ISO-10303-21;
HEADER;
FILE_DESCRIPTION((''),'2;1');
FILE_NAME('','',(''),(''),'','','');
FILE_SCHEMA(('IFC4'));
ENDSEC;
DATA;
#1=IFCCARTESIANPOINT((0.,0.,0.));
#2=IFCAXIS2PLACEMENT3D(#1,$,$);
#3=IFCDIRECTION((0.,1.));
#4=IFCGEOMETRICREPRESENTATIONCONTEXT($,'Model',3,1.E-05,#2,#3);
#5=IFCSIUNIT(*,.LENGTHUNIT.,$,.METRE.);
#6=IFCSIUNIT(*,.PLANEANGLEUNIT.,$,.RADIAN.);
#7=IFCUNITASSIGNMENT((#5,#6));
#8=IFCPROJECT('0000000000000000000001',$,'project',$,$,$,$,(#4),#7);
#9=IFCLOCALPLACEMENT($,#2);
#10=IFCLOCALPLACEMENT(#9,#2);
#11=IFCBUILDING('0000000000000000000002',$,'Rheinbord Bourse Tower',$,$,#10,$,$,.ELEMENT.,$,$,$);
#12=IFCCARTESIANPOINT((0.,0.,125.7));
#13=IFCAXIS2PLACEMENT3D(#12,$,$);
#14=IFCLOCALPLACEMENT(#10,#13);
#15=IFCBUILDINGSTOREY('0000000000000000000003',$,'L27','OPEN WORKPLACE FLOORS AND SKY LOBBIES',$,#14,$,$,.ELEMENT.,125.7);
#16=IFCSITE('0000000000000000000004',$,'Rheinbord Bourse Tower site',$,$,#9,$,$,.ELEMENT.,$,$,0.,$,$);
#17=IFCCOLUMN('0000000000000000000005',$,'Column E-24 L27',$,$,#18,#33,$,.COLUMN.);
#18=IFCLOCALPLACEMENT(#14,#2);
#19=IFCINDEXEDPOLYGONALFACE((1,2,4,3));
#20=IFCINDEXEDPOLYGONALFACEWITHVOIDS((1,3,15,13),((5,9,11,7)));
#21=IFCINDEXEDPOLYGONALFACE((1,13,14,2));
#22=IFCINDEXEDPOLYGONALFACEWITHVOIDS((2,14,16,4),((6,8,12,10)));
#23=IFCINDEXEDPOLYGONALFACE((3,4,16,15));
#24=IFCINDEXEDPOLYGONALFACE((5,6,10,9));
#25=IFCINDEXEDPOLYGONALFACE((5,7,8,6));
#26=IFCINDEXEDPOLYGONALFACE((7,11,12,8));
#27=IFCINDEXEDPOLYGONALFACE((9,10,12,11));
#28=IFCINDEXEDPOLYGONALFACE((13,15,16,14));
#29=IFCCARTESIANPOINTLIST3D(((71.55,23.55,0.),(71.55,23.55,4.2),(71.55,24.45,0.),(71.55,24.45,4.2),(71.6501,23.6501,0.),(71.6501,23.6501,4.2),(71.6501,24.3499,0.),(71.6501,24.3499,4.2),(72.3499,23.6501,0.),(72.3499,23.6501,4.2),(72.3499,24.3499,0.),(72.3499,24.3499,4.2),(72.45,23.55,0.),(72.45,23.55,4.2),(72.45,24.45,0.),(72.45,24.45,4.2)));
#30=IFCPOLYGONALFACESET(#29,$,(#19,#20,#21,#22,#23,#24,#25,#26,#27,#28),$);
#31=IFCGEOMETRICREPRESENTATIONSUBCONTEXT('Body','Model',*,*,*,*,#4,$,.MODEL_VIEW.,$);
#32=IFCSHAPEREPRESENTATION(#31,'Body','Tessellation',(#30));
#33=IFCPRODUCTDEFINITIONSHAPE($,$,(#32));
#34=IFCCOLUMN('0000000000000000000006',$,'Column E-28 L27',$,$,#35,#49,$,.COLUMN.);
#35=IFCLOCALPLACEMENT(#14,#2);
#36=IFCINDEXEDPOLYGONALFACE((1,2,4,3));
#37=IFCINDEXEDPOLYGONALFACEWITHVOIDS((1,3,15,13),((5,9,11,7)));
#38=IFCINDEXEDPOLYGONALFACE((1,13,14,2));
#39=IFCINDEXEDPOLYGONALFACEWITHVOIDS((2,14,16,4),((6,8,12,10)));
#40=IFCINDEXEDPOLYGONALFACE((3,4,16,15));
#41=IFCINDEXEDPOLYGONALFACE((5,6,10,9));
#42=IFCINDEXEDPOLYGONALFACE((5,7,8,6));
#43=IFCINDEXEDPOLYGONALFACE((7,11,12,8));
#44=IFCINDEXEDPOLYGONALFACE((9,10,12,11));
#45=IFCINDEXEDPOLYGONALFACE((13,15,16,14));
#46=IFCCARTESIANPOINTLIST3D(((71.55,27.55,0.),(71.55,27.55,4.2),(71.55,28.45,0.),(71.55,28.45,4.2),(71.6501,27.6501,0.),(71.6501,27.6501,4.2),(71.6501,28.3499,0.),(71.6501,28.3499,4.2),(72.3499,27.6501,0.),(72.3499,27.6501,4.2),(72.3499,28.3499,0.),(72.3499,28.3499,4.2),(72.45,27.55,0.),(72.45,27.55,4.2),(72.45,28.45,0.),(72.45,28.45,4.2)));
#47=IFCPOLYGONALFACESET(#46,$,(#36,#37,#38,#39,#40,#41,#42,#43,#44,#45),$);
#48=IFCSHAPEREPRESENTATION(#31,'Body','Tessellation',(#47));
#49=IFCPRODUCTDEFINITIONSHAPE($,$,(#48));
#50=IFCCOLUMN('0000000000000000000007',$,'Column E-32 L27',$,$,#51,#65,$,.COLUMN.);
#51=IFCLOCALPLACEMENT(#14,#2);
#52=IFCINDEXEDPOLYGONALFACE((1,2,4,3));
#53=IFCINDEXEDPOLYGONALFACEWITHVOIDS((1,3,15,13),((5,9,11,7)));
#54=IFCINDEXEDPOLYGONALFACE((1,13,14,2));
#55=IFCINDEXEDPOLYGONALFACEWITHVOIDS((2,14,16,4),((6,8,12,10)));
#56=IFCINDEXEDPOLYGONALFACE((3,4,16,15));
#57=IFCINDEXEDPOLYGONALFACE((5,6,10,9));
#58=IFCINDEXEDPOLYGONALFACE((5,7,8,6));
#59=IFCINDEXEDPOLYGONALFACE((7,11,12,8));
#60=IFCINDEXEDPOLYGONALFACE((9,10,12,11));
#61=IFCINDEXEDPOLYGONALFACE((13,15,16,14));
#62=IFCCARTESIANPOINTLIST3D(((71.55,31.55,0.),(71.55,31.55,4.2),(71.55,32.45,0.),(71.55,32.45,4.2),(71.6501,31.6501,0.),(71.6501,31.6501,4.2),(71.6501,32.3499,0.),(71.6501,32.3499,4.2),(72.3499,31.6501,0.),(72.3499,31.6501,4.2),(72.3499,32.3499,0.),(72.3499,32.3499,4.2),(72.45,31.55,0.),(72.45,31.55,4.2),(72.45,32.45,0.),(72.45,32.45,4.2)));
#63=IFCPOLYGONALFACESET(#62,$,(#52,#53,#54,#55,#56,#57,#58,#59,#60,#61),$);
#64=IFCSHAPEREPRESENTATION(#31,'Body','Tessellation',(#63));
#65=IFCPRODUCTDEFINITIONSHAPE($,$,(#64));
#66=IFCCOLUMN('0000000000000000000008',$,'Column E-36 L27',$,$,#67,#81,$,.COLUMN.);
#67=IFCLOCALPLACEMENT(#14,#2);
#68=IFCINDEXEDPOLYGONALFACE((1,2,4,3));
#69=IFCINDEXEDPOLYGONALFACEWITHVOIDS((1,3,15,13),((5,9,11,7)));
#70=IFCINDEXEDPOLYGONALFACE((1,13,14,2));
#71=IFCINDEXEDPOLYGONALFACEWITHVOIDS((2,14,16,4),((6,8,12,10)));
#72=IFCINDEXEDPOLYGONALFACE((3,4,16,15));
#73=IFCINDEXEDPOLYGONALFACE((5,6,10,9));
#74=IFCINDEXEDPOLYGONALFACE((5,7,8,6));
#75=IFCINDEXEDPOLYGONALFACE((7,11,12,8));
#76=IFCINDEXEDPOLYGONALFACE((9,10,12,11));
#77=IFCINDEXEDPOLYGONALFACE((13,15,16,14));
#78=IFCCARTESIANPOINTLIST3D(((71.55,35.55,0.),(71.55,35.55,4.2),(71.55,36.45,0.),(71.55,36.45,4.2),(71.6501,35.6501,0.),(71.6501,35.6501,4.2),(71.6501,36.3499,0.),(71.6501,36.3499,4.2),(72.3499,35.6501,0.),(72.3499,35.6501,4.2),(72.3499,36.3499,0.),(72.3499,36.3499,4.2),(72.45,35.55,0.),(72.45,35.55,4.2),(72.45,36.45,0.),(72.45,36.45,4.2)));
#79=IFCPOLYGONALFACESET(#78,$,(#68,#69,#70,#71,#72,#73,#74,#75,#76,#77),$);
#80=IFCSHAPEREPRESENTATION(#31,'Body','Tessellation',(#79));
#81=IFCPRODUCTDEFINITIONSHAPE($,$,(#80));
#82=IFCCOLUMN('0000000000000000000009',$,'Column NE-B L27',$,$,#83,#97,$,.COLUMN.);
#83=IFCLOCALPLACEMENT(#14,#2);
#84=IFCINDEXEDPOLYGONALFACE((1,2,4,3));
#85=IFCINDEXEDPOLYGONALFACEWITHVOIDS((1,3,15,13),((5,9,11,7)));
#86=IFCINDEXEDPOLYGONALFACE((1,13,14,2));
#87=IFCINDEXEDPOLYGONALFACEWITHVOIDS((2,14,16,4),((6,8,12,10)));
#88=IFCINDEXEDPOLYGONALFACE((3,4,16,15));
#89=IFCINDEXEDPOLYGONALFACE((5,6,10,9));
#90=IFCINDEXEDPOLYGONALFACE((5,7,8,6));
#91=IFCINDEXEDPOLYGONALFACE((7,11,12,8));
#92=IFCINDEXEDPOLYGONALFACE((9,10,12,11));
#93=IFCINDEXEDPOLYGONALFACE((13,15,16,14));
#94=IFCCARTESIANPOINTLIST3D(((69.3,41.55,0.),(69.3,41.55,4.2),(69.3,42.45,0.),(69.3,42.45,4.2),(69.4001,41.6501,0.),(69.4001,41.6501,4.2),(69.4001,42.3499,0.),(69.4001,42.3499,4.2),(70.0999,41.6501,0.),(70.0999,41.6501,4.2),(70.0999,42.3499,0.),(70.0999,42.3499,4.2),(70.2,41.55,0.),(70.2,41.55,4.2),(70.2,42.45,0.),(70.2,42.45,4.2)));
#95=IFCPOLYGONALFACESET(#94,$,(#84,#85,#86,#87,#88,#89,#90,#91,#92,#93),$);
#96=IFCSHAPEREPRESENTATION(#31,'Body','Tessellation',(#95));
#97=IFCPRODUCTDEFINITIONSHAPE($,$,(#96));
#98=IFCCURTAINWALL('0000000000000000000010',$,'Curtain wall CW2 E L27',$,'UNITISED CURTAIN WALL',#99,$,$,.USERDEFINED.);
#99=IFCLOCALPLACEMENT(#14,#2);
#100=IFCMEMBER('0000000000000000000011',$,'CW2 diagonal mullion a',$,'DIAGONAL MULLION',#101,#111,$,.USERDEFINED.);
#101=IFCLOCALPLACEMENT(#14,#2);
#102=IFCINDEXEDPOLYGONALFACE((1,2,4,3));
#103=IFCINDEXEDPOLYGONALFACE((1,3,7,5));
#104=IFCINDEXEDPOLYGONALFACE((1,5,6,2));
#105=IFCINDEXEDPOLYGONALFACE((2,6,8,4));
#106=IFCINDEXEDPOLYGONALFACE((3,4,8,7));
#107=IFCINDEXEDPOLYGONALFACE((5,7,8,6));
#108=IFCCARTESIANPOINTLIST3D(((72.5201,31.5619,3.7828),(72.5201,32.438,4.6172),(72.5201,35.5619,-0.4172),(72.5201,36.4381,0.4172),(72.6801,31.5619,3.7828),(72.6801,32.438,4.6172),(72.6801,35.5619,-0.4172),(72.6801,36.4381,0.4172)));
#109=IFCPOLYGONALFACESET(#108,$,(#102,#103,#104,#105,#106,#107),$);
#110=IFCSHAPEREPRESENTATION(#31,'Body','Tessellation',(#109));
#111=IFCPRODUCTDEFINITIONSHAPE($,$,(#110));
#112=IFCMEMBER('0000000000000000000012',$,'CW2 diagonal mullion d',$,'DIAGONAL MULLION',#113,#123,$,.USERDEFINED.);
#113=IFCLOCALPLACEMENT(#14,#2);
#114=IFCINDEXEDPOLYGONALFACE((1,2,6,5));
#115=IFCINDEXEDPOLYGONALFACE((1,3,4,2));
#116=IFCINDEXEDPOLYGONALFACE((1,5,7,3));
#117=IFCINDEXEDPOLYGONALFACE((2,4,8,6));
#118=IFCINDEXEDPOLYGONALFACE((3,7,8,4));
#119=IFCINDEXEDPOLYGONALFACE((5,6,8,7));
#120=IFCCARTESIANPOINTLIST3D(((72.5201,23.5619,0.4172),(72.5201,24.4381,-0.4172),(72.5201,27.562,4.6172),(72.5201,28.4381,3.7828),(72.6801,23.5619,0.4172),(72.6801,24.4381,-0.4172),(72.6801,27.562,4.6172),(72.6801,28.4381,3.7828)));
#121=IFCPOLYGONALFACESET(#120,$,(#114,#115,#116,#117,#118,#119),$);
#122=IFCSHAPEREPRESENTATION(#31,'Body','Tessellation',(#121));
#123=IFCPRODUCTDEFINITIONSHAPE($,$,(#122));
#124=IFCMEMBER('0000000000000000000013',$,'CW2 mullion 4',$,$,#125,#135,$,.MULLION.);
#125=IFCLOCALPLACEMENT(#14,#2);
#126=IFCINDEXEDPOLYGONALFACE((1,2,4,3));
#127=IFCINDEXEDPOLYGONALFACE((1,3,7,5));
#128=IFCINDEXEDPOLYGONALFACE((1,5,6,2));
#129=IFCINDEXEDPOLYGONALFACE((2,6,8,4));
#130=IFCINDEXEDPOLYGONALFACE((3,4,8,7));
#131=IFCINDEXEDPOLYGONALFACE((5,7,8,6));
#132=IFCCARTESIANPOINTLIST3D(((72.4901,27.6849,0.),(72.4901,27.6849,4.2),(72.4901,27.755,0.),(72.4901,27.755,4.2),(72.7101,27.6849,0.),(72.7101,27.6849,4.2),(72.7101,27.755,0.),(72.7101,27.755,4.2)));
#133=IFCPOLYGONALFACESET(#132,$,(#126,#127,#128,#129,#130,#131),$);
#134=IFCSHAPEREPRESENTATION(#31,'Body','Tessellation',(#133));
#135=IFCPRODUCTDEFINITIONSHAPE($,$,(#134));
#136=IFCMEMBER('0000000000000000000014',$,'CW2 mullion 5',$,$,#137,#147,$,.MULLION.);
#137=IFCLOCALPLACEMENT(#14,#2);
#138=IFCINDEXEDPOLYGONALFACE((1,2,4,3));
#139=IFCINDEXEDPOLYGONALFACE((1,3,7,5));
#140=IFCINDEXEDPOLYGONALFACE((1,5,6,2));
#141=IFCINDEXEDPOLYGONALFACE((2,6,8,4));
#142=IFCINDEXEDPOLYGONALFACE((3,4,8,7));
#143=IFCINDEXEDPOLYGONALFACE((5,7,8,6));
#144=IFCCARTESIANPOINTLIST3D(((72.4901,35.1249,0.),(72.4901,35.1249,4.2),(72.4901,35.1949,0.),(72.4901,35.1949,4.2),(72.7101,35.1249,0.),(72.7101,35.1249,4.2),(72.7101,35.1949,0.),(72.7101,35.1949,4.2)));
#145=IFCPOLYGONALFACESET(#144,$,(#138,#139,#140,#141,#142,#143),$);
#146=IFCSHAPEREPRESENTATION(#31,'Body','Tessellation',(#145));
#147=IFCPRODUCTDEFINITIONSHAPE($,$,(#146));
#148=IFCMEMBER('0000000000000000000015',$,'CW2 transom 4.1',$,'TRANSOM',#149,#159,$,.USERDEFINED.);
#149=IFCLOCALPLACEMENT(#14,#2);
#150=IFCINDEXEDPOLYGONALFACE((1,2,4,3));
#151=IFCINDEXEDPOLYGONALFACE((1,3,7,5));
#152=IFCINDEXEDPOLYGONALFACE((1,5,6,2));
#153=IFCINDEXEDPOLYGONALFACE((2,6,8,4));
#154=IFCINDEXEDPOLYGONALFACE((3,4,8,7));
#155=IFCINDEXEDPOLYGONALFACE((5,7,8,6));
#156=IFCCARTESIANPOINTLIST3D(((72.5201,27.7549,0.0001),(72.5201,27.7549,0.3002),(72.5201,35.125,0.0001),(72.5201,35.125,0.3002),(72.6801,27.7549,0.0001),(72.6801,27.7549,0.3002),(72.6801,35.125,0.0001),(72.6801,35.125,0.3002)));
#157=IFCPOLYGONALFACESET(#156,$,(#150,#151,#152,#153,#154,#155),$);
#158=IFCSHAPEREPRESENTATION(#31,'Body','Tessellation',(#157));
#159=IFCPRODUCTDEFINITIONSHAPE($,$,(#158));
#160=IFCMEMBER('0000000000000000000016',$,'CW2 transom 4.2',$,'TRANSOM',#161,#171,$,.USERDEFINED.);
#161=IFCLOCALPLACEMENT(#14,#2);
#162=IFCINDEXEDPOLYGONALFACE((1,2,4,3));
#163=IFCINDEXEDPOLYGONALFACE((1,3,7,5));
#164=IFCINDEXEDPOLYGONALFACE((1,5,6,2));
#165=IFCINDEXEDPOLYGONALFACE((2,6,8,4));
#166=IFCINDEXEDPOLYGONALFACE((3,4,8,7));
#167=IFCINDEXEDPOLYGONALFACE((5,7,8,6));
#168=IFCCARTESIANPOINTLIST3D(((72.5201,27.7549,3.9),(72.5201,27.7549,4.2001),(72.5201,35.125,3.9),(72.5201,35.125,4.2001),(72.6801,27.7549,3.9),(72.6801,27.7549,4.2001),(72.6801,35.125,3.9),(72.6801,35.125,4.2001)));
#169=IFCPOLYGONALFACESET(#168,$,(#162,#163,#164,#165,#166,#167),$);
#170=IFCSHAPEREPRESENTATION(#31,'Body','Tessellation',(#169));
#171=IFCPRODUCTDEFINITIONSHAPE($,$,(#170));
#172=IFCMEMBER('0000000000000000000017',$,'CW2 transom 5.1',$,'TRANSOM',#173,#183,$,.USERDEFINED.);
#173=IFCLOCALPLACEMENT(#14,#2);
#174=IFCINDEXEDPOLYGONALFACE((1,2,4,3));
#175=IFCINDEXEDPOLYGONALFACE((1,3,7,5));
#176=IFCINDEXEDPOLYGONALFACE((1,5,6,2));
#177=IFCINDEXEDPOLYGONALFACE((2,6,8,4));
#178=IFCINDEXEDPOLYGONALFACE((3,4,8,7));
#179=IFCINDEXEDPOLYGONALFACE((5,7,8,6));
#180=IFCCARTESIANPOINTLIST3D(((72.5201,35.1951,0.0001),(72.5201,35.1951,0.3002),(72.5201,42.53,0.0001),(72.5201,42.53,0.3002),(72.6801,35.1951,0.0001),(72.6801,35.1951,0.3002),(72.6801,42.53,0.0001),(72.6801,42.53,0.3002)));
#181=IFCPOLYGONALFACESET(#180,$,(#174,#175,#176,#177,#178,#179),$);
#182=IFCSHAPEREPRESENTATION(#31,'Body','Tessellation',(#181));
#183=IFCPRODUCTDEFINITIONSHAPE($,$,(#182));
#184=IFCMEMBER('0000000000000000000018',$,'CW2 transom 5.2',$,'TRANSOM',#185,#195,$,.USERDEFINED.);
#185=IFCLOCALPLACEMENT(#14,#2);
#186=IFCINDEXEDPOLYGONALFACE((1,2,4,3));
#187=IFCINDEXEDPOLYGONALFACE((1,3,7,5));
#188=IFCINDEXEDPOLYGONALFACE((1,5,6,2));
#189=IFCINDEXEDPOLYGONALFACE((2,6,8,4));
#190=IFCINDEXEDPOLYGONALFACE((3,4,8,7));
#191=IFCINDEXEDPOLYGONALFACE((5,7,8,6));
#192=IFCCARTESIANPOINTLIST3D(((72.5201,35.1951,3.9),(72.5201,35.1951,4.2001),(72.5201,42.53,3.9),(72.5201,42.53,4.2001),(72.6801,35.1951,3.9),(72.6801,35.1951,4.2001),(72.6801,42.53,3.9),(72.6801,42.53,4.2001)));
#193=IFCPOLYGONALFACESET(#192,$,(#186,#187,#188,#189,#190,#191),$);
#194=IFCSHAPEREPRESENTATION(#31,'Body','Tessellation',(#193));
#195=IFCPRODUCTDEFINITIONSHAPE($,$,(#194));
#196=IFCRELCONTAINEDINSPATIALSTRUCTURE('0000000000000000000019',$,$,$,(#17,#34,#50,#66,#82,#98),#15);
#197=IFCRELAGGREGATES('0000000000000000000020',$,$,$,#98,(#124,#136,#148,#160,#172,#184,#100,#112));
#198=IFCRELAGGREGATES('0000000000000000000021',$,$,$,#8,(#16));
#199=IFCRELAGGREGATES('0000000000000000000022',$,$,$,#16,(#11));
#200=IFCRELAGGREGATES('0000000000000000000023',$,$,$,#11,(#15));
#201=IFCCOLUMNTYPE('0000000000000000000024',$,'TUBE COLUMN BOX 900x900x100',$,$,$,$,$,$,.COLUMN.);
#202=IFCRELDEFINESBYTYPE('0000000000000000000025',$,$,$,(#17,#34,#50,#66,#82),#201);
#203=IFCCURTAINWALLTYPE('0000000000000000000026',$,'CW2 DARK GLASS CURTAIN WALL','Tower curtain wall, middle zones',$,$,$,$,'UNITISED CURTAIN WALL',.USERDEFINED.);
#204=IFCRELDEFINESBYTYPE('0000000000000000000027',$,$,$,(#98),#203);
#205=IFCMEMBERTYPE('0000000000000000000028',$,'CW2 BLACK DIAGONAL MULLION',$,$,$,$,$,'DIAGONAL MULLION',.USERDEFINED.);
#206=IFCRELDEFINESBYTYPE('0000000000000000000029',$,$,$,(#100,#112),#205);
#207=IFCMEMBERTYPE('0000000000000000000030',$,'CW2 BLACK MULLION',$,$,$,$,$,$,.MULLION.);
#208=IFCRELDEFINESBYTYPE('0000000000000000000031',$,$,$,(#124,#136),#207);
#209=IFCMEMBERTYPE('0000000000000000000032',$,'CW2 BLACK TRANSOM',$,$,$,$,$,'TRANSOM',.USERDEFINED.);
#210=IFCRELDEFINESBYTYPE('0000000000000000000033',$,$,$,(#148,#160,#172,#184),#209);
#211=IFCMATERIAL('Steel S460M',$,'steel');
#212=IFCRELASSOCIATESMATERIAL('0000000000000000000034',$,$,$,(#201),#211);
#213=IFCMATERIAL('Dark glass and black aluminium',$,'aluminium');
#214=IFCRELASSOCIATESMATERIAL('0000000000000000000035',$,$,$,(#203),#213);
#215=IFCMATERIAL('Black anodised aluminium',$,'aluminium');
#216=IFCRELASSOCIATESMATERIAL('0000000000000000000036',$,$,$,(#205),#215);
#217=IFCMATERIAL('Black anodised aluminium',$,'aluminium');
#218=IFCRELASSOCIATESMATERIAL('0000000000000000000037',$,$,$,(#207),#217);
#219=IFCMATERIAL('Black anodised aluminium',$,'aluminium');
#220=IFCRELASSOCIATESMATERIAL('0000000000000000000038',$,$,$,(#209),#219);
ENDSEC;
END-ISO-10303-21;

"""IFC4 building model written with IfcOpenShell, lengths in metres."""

from ifc_helpers import new_model, si_unit, direction, frame, origin, origin_2d, place, context, subcontext, project, spatial, rectangle, hollow_rectangle, extrude, material, material_profile, profile_set, type_object, element, aggregate, save


model = new_model("IFC4")

# Units and contexts
model_context = context("Model", 3, precision=1e-05, world=origin(), true_north=direction((0.0, 1.0)))
body_context = subcontext(model_context, "Body", "Model", "MODEL_VIEW")
ifc_project = project(units=[si_unit("LENGTHUNIT", "METRE"), si_unit("PLANEANGLEUNIT", "RADIAN")], contexts=[model_context])

# Site, building, storey
site_placement = place(None, origin())
site = spatial("IfcSite", under=ifc_project, at=site_placement, Name="Rheinbord Bourse Tower site", CompositionType="ELEMENT", RefElevation=0.0)
building_placement = place(site_placement, origin())
building = spatial("IfcBuilding", under=site, at=building_placement, Name="Rheinbord Bourse Tower", CompositionType="ELEMENT")
storey_placement = place(building_placement, frame((0.0, 0.0, 125.7)))
storey = spatial("IfcBuildingStorey", under=building, at=storey_placement, Name="L27", Description="OPEN WORKPLACE FLOORS AND SKY LOBBIES", CompositionType="ELEMENT", Elevation=125.7)

# Columns
ifc_material_1 = material(Name="Steel S460M", Category="steel")
ifc_material_profile_1 = material_profile(ifc_material_1, hollow_rectangle(XDim=0.8999, YDim=0.8999, WallThickness=0.1001, at=origin_2d()), Name="BOX 900x900x100")
ifc_profile_set_1 = profile_set([ifc_material_profile_1], Name="Steel S460M")
column_type = type_object("IfcColumnType", Name="TUBE COLUMN BOX 900x900x100", PredefinedType="COLUMN", material=ifc_profile_set_1)
for number, where, z_axis, x_axis, name in (
    (1, (72.0, 24.0, 0.0), (0.0, 0.0, 1.0), (1.0, 0.0, 0.0), "Column E-24 L27"),
    (2, (72.0, 28.0, 0.0), (0.0, 0.0, 1.0), (1.0, 0.0, 0.0), "Column E-28 L27"),
    (3, (72.0, 32.0, 0.0), (0.0, 0.0, 1.0), (1.0, 0.0, 0.0), "Column E-32 L27"),
    (4, (72.0, 36.0, 0.0), (0.0, 0.0, 1.0), (1.0, 0.0, 0.0), "Column E-36 L27"),
    (5, (69.75, 42.0, 0.0), (0.0, 0.0, 1.0), (1.0, 0.0, 0.0), "Column NE-B L27"),
):
    element("IfcColumn", number, at=place(storey_placement, frame(where, z_axis=z_axis, x_axis=x_axis)), inside=storey, type_object=column_type, Name=name, PredefinedType="COLUMN", context=body_context, shape_type="SweptSolid", body=[
        extrude(hollow_rectangle(XDim=0.8999, YDim=0.8999, WallThickness=0.1001, at=origin_2d()), origin(), (0.0, 0.0, 1.0), 4.2),
    ])

# Curtain wall, members
ifc_material_2 = material(Name="Dark glass and black aluminium", Category="aluminium")
curtain_wall_type = type_object("IfcCurtainWallType", Name="CW2 DARK GLASS CURTAIN WALL", Description="Tower curtain wall, middle zones", ElementType="UNITISED CURTAIN WALL", PredefinedType="USERDEFINED", material=ifc_material_2)
curtain_wall_placement = place(storey_placement, origin())
curtain_wall = element("IfcCurtainWall", 6, at=curtain_wall_placement, inside=storey, type_object=curtain_wall_type, Name="Curtain wall CW2 E L27", ObjectType="UNITISED CURTAIN WALL", PredefinedType="USERDEFINED")
ifc_material_3 = material(Name="Black anodised aluminium", Category="aluminium")
ifc_material_profile_2 = material_profile(ifc_material_3, rectangle(XDim=0.1599, YDim=1.21, at=origin_2d()), Name="CW2 DIAGONAL MULLION 1210x160")
ifc_profile_set_2 = profile_set([ifc_material_profile_2], Name="Black anodised aluminium")
member_type_1 = type_object("IfcMemberType", Name="CW2 BLACK DIAGONAL MULLION", ElementType="DIAGONAL MULLION", PredefinedType="USERDEFINED", material=ifc_profile_set_2)
member_1_placement = place(storey_placement, frame((72.6001, 36.0, 0.0), z_axis=(0.0, -0.689659, 0.724134), x_axis=(1.0, 0.0, 0.0)))
member_1 = element("IfcMember", 7, at=member_1_placement, type_object=member_type_1, Name="CW2 diagonal mullion a", ObjectType="DIAGONAL MULLION", PredefinedType="USERDEFINED", context=body_context, shape_type="SweptSolid", body=[
    extrude(rectangle(XDim=0.1599, YDim=1.21, at=origin_2d()), origin(), (0.0, 0.0, 1.0), 5.8),
])
member_2_placement = place(storey_placement, frame((72.6001, 24.0, 0.0), z_axis=(0.0, 0.689659, 0.724134), x_axis=(-1.0, 0.0, 0.0)))
member_2 = element("IfcMember", 8, at=member_2_placement, type_object=member_type_1, Name="CW2 diagonal mullion d", ObjectType="DIAGONAL MULLION", PredefinedType="USERDEFINED", context=body_context, shape_type="SweptSolid", body=[
    extrude(rectangle(XDim=0.1599, YDim=1.21, at=origin_2d()), origin(), (0.0, 0.0, 1.0), 5.8),
])
ifc_material_4 = material(Name="Black anodised aluminium", Category="aluminium")
ifc_material_profile_3 = material_profile(ifc_material_4, rectangle(XDim=0.22, YDim=0.0701, at=origin_2d()), Name="CW2 MULLION 70x220")
ifc_profile_set_3 = profile_set([ifc_material_profile_3], Name="Black anodised aluminium")
member_type_2 = type_object("IfcMemberType", Name="CW2 BLACK MULLION", PredefinedType="MULLION", material=ifc_profile_set_3)
member_3_placement = place(storey_placement, frame((72.6001, 27.72, 0.0), z_axis=(0.0, 0.0, 1.0), x_axis=(-1.0, 0.0, 0.0)))
member_3 = element("IfcMember", 9, at=member_3_placement, type_object=member_type_2, Name="CW2 mullion 4", PredefinedType="MULLION", context=body_context, shape_type="SweptSolid", body=[
    extrude(rectangle(XDim=0.22, YDim=0.0701, at=origin_2d()), origin(), (0.0, 0.0, 1.0), 4.2),
])
member_4_placement = place(storey_placement, frame((72.6001, 35.1599, 0.0), z_axis=(0.0, 0.0, 1.0), x_axis=(-1.0, 0.0, 0.0)))
member_4 = element("IfcMember", 10, at=member_4_placement, type_object=member_type_2, Name="CW2 mullion 5", PredefinedType="MULLION", context=body_context, shape_type="SweptSolid", body=[
    extrude(rectangle(XDim=0.22, YDim=0.0701, at=origin_2d()), origin(), (0.0, 0.0, 1.0), 4.2),
])
ifc_material_5 = material(Name="Black anodised aluminium", Category="aluminium")
ifc_material_profile_4 = material_profile(ifc_material_5, rectangle(XDim=0.1599, YDim=0.3, at=origin_2d()), Name="CW2 TRANSOM 300x160")
ifc_profile_set_4 = profile_set([ifc_material_profile_4], Name="Black anodised aluminium")
member_type_3 = type_object("IfcMemberType", Name="CW2 BLACK TRANSOM", ElementType="TRANSOM", PredefinedType="USERDEFINED", material=ifc_profile_set_4)
member_5_placement = place(storey_placement, frame((72.6001, 27.7549, 0.1501), z_axis=(0.0, 1.0, 0.0), x_axis=(-1.0, 0.0, 0.0)))
member_5 = element("IfcMember", 11, at=member_5_placement, type_object=member_type_3, Name="CW2 transom 4.1", ObjectType="TRANSOM", PredefinedType="USERDEFINED", context=body_context, shape_type="SweptSolid", body=[
    extrude(rectangle(XDim=0.1599, YDim=0.3, at=origin_2d()), origin(), (0.0, 0.0, 1.0), 7.3701),
])
member_6_placement = place(storey_placement, frame((72.6001, 27.7549, 4.05), z_axis=(0.0, 1.0, 0.0), x_axis=(-1.0, 0.0, 0.0)))
member_6 = element("IfcMember", 12, at=member_6_placement, type_object=member_type_3, Name="CW2 transom 4.2", ObjectType="TRANSOM", PredefinedType="USERDEFINED", context=body_context, shape_type="SweptSolid", body=[
    extrude(rectangle(XDim=0.1599, YDim=0.3, at=origin_2d()), origin(), (0.0, 0.0, 1.0), 7.3701),
])
member_7_placement = place(storey_placement, frame((72.6001, 35.1951, 0.1501), z_axis=(0.0, 1.0, 0.0), x_axis=(-1.0, 0.0, 0.0)))
member_7 = element("IfcMember", 13, at=member_7_placement, type_object=member_type_3, Name="CW2 transom 5.1", ObjectType="TRANSOM", PredefinedType="USERDEFINED", context=body_context, shape_type="SweptSolid", body=[
    extrude(rectangle(XDim=0.1599, YDim=0.3, at=origin_2d()), origin(), (0.0, 0.0, 1.0), 7.335),
])
member_8_placement = place(storey_placement, frame((72.6001, 35.1951, 4.05), z_axis=(0.0, 1.0, 0.0), x_axis=(-1.0, 0.0, 0.0)))
member_8 = element("IfcMember", 14, at=member_8_placement, type_object=member_type_3, Name="CW2 transom 5.2", ObjectType="TRANSOM", PredefinedType="USERDEFINED", context=body_context, shape_type="SweptSolid", body=[
    extrude(rectangle(XDim=0.1599, YDim=0.3, at=origin_2d()), origin(), (0.0, 0.0, 1.0), 7.335),
])

aggregate(curtain_wall, [member_3, member_4, member_5, member_6, member_7, member_8, member_1, member_2])

save(model, "model.ifc")
